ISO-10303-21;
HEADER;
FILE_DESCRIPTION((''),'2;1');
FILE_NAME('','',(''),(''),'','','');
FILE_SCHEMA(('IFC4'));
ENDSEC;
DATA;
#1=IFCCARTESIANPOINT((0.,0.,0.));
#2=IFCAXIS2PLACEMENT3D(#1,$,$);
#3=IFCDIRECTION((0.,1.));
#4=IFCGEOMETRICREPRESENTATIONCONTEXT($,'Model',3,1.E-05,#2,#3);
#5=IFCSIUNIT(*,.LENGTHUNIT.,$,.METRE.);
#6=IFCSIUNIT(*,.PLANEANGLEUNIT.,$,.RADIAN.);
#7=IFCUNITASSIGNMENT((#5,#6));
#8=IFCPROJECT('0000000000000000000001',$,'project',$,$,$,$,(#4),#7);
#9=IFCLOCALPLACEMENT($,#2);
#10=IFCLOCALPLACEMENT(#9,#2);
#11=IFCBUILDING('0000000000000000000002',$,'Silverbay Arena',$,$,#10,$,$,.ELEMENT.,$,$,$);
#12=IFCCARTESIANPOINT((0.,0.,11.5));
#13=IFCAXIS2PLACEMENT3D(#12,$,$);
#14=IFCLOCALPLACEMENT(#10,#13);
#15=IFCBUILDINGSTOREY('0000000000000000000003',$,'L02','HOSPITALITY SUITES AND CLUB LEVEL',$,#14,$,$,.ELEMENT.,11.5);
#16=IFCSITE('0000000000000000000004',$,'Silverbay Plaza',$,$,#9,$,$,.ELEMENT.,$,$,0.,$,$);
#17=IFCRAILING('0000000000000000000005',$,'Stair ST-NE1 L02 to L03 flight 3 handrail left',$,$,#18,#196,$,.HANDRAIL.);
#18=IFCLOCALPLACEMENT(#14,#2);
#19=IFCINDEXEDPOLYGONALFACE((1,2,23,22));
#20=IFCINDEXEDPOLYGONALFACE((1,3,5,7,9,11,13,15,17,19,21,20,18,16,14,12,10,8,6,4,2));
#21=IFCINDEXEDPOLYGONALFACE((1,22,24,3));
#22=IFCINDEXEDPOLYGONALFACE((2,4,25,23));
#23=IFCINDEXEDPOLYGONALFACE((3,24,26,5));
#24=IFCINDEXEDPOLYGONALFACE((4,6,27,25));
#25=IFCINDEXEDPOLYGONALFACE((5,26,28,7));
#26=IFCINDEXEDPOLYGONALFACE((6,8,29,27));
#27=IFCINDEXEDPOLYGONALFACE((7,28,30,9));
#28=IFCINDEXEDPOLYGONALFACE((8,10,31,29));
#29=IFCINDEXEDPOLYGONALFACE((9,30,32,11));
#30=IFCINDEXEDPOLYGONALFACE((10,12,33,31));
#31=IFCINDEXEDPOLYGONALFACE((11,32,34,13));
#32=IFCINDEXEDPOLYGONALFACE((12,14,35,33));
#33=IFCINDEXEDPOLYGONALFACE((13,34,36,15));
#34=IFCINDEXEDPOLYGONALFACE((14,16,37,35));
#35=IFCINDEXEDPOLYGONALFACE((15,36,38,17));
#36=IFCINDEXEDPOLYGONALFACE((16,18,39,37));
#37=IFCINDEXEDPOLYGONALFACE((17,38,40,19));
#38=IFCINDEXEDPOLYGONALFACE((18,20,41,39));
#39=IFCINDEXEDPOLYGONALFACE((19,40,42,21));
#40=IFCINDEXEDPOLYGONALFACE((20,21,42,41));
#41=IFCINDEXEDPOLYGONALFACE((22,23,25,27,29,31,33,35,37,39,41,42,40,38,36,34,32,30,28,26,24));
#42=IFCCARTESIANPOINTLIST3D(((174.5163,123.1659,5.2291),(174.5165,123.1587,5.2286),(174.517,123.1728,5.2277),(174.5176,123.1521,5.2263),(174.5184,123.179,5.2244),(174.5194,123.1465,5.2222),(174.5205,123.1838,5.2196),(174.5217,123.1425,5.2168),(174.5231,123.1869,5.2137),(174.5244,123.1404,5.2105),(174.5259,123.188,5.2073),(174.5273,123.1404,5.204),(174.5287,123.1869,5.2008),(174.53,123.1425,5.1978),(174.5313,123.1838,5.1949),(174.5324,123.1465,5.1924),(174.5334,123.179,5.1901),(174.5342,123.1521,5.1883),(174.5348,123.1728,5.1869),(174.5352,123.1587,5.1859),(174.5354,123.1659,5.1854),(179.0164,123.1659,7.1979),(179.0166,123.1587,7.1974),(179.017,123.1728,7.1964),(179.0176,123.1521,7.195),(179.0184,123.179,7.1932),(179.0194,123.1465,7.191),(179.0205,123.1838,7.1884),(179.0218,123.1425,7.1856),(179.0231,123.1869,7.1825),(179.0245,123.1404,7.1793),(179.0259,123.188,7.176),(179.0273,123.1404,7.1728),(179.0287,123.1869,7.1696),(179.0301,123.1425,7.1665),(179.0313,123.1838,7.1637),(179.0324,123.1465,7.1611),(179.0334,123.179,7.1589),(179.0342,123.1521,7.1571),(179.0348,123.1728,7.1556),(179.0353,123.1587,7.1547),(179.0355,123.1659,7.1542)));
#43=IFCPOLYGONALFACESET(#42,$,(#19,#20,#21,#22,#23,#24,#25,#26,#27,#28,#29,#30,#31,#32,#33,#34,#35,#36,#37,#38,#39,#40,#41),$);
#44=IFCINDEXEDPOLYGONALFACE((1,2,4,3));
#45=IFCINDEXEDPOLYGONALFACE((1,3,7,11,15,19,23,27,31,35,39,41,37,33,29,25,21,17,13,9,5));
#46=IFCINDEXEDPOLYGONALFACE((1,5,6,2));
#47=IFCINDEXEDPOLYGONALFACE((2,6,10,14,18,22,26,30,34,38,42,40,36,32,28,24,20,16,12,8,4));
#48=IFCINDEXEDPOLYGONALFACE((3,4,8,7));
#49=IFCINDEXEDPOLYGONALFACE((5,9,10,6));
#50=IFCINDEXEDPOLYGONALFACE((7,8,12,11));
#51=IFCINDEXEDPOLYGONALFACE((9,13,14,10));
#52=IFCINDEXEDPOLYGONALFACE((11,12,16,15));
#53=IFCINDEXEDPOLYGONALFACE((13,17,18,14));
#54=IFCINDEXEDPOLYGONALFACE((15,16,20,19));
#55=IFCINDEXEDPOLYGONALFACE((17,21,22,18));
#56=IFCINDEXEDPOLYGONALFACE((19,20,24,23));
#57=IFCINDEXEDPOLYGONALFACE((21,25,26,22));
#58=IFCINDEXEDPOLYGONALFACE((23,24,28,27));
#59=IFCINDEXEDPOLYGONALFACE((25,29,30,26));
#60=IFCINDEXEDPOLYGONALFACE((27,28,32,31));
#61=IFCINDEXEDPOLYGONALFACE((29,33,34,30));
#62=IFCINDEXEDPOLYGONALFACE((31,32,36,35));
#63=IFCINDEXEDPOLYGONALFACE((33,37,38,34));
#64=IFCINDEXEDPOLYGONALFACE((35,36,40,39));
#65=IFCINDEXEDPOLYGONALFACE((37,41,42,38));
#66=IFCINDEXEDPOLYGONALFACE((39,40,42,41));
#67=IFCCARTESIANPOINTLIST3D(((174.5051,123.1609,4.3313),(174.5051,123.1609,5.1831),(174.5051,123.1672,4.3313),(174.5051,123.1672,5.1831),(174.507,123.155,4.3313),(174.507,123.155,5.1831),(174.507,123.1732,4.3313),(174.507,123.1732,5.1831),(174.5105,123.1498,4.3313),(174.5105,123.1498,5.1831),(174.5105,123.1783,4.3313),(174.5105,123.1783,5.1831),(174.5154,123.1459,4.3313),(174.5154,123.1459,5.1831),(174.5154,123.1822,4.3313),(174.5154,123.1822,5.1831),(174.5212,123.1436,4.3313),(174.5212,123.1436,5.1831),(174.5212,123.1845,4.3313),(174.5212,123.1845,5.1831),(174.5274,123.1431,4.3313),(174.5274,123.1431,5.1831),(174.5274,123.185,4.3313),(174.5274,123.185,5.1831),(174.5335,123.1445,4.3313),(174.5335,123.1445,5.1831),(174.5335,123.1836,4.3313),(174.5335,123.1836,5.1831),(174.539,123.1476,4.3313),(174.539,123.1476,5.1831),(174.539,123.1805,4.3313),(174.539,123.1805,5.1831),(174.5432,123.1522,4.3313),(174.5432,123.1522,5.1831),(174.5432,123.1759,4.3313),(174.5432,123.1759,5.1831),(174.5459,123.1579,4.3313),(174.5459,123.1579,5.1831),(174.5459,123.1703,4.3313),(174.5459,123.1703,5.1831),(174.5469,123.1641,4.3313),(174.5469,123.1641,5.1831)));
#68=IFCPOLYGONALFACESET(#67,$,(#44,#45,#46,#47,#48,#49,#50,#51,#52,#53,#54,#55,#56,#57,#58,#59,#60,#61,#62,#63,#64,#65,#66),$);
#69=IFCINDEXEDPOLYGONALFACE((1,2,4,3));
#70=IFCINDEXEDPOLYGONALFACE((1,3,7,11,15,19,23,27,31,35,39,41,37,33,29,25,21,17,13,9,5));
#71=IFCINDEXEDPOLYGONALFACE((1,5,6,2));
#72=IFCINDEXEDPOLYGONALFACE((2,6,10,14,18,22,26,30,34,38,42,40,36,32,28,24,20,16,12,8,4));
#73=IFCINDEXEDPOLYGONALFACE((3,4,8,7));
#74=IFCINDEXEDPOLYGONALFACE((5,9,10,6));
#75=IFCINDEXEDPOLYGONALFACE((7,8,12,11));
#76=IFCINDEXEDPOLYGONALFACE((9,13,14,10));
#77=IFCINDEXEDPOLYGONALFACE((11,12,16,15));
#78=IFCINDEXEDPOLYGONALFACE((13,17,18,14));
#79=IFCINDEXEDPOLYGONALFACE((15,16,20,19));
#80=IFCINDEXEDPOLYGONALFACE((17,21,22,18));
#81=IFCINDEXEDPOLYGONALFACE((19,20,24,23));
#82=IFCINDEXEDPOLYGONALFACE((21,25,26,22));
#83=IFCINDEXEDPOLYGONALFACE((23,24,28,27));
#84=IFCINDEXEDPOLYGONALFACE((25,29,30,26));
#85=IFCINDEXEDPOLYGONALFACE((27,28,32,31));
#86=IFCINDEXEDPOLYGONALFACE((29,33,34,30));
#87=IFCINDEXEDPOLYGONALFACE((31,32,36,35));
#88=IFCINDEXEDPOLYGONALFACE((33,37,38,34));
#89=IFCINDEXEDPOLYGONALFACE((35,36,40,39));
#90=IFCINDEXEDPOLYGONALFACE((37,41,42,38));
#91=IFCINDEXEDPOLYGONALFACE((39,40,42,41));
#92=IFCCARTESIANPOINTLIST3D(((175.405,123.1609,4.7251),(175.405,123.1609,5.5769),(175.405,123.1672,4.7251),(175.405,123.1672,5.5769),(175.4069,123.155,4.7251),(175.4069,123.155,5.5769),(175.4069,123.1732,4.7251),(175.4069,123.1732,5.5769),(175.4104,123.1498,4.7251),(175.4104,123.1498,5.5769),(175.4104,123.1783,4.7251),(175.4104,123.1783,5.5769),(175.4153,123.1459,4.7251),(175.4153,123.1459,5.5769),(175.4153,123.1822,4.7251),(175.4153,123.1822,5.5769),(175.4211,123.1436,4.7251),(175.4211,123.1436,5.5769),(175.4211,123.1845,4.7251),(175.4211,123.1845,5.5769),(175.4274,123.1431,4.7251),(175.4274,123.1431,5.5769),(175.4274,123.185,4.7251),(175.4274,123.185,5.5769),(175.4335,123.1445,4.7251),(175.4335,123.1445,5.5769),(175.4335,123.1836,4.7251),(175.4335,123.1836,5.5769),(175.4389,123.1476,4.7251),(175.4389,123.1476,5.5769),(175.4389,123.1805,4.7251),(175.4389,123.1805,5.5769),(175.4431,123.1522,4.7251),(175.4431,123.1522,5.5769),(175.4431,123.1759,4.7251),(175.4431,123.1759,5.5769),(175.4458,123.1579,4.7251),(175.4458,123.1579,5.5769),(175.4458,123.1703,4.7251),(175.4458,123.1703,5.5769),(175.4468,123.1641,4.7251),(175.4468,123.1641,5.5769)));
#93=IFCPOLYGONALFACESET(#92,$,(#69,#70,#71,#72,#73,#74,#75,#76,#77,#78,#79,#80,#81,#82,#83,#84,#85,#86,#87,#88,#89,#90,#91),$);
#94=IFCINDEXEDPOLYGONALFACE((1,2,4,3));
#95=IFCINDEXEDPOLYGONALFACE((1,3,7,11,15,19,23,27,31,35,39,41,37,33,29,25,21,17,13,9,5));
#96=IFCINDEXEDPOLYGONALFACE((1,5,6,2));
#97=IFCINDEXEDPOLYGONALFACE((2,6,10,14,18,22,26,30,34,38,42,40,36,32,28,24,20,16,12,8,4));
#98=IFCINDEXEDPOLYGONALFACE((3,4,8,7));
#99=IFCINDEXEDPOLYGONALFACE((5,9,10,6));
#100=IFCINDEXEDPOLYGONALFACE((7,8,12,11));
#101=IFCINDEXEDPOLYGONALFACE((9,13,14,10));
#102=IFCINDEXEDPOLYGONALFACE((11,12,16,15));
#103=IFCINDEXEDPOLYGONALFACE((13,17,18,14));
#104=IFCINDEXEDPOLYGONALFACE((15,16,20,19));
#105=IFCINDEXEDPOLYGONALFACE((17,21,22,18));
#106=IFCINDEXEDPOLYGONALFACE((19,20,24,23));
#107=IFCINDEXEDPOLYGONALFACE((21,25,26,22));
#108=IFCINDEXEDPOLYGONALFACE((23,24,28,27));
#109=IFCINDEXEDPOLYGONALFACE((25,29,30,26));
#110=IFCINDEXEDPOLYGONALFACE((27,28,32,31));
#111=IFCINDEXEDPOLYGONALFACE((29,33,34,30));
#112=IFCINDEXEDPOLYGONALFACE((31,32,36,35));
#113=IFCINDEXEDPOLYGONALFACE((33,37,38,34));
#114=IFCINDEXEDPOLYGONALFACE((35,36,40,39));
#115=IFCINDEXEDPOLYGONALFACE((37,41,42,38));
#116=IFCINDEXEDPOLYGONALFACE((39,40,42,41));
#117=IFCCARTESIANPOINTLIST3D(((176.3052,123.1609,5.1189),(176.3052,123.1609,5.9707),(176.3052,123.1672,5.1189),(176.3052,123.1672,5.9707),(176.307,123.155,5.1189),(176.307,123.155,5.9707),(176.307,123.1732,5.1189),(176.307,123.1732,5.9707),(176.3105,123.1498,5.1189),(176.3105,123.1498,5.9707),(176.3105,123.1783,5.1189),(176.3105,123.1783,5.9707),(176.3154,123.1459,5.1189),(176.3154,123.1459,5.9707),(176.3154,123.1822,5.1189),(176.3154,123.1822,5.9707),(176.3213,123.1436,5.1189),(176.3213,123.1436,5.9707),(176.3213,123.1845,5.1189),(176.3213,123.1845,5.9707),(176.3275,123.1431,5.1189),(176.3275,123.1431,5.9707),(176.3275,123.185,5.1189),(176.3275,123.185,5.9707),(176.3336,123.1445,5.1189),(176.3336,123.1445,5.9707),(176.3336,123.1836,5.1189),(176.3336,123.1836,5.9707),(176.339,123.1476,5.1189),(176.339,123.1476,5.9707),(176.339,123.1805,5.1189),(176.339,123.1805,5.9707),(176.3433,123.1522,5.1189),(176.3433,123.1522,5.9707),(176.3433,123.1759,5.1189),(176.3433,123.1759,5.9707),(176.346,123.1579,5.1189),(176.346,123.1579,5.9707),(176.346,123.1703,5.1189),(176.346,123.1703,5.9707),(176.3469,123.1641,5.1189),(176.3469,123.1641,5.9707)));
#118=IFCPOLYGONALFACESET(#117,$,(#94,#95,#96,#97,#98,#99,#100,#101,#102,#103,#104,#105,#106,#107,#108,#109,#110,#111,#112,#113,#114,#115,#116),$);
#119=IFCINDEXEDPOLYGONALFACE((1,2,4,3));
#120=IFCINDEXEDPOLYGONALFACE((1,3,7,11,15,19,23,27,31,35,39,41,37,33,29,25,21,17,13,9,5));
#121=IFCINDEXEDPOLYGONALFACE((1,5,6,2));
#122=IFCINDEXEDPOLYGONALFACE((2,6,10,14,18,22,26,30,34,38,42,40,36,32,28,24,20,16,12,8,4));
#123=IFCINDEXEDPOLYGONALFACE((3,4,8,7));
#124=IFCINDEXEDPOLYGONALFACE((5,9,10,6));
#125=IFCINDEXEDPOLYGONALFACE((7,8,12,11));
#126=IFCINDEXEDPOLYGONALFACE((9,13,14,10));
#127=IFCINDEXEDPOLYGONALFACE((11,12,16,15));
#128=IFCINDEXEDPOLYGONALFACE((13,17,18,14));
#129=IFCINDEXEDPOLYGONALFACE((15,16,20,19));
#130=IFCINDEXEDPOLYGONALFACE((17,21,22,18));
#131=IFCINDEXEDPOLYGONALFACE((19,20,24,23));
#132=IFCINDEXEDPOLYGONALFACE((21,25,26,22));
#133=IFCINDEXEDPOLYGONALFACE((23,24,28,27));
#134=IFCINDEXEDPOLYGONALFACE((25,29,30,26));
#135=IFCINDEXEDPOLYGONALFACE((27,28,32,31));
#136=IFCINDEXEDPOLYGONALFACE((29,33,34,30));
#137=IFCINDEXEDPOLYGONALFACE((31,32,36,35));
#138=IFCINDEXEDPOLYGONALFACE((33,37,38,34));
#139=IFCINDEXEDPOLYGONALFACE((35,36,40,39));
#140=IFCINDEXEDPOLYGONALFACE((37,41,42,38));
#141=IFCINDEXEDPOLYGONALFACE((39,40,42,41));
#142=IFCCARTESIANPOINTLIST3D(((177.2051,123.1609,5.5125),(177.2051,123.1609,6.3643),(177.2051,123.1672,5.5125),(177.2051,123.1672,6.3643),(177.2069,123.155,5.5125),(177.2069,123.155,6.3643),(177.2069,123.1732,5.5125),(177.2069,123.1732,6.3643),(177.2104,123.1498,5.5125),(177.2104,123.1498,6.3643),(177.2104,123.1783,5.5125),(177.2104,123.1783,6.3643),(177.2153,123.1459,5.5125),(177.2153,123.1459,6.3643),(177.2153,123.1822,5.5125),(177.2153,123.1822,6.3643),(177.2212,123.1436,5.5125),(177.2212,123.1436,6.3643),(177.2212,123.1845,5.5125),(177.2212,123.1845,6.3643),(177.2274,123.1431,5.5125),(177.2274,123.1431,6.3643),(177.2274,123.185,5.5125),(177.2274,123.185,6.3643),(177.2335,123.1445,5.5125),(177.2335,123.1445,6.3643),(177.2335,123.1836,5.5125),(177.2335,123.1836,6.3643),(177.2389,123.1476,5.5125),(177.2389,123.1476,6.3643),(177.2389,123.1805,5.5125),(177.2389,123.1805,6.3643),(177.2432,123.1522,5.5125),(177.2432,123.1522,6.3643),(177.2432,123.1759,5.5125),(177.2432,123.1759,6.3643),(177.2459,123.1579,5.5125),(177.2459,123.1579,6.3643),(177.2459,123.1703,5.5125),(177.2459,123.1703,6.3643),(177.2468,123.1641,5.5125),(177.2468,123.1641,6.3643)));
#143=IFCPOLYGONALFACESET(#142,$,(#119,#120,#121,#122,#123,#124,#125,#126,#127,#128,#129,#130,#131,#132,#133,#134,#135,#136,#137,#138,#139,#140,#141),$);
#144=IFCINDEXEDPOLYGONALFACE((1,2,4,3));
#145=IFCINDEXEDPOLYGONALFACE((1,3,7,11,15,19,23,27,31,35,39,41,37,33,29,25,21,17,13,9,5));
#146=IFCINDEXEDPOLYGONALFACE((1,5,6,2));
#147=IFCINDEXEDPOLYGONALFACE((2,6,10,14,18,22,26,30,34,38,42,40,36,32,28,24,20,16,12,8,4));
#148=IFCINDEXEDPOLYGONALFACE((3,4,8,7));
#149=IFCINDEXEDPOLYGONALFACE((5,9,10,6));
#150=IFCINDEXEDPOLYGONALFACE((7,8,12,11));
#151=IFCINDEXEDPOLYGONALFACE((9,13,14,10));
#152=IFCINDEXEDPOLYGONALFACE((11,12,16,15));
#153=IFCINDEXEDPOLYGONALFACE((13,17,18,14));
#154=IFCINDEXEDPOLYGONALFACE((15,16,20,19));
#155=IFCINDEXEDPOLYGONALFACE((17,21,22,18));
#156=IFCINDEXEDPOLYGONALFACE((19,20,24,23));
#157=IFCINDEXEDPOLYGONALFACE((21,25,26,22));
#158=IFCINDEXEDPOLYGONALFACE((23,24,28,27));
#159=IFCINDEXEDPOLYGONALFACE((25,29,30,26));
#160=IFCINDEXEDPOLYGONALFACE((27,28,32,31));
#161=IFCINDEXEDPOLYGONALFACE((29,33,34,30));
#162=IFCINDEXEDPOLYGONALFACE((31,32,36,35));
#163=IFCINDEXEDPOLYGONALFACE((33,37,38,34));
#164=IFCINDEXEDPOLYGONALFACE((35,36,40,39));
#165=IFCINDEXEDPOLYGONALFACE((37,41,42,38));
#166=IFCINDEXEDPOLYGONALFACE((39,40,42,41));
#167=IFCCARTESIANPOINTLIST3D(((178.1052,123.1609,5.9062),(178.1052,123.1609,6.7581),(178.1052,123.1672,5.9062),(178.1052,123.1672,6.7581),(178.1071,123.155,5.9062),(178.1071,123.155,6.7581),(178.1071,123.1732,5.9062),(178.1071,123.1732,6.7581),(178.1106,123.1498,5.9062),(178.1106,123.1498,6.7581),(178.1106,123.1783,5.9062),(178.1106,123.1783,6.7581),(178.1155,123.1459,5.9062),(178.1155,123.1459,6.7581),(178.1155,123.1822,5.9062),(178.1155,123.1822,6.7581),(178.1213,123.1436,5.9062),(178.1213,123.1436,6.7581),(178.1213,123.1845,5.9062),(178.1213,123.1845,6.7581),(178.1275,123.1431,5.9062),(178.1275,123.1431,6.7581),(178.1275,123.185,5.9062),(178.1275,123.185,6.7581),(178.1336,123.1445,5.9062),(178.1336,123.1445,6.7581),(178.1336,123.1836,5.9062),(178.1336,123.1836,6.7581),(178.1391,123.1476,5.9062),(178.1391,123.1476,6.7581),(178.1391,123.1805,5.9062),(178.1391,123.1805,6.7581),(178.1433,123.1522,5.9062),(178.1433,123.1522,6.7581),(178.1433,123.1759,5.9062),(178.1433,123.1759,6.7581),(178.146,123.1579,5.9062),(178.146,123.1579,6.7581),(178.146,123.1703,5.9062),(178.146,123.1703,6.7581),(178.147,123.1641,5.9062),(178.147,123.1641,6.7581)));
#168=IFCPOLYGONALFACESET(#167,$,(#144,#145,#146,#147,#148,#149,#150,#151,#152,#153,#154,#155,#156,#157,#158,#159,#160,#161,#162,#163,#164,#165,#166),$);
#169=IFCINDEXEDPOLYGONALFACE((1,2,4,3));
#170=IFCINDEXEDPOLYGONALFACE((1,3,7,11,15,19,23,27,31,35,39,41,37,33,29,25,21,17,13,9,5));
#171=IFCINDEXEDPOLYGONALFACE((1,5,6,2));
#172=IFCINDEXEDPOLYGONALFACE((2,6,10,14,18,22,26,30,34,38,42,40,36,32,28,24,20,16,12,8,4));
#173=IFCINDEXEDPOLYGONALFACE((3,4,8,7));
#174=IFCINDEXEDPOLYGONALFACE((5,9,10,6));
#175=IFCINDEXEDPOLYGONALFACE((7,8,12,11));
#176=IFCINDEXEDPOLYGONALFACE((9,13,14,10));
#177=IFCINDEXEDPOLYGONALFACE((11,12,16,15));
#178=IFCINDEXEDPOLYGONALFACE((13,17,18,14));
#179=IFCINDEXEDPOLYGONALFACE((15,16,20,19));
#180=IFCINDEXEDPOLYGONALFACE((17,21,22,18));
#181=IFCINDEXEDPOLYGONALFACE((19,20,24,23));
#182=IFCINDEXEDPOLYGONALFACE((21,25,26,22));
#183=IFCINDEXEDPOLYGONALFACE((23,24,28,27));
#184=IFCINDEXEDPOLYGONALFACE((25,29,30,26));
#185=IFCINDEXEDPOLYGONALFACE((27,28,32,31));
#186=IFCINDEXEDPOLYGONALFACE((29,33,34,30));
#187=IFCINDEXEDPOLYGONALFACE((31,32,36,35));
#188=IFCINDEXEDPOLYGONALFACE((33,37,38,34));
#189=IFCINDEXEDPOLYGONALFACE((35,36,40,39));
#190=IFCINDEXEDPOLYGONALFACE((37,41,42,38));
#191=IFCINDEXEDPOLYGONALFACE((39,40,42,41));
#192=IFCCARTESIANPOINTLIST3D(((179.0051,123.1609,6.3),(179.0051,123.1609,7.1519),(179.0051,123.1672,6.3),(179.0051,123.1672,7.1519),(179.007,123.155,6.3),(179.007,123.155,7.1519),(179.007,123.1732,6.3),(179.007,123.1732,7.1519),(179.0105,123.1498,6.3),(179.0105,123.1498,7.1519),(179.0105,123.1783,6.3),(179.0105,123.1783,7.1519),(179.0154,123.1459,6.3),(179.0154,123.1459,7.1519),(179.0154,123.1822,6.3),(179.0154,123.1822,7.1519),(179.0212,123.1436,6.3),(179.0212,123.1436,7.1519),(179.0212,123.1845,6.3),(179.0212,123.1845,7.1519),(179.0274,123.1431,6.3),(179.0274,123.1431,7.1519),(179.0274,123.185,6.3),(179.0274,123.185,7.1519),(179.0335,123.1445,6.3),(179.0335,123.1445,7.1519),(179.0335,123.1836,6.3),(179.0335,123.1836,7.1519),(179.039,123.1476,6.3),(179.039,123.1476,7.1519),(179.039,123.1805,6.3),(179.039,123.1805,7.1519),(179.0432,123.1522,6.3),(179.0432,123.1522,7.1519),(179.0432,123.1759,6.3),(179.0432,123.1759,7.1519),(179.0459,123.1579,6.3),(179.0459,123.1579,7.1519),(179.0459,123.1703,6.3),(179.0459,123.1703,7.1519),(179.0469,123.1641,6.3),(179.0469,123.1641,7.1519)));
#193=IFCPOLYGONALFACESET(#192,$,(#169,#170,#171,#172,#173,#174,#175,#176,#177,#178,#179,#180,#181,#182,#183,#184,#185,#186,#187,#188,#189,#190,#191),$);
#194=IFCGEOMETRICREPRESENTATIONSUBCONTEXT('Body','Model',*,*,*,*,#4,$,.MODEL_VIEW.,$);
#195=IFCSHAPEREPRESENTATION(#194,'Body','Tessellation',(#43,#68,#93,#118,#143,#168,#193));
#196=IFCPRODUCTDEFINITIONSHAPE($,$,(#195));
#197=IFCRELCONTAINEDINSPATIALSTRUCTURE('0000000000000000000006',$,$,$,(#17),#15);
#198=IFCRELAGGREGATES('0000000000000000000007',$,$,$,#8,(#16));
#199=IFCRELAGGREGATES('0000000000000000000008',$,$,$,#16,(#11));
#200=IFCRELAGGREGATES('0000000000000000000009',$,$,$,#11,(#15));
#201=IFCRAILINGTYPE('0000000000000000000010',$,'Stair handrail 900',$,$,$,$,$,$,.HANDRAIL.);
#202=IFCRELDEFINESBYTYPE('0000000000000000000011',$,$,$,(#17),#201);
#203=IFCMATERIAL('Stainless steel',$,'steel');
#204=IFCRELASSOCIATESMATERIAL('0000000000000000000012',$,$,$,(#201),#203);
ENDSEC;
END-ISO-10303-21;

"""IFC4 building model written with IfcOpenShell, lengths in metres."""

from ifc_helpers import new_model, si_unit, direction, frame, origin, origin_2d, place, context, subcontext, project, spatial, circle, extrude, material, type_object, element, save


model = new_model("IFC4")

# Units and contexts
model_context = context("Model", 3, precision=1e-05, world=origin(), true_north=direction((0.0, 1.0)))
body_context = subcontext(model_context, "Body", "Model", "MODEL_VIEW")
ifc_project = project(units=[si_unit("LENGTHUNIT", "METRE"), si_unit("PLANEANGLEUNIT", "RADIAN")], contexts=[model_context])

# Site, building, storey
site_placement = place(None, origin())
site = spatial("IfcSite", under=ifc_project, at=site_placement, Name="Silverbay Plaza", CompositionType="ELEMENT", RefElevation=0.0)
building_placement = place(site_placement, origin())
building = spatial("IfcBuilding", under=site, at=building_placement, Name="Silverbay Arena", CompositionType="ELEMENT")
storey_placement = place(building_placement, frame((0.0, 0.0, 11.5)))
storey = spatial("IfcBuildingStorey", under=building, at=storey_placement, Name="L02", Description="HOSPITALITY SUITES AND CLUB LEVEL", CompositionType="ELEMENT", Elevation=11.5)

# Railing
ifc_material_1 = material(Name="Stainless steel", Category="steel")
railing_type_1 = type_object("IfcRailingType", Name="Stair handrail 900", PredefinedType="HANDRAIL", material=ifc_material_1)
for number, where, name in (
    (1, (174.5259, 123.1641, 4.3313), "Stair ST-NE1 L02 to L03 flight 3 handrail left"),
):
    element("IfcRailing", number, at=place(storey_placement, frame(where)), inside=storey, type_object=railing_type_1, Name=name, PredefinedType="HANDRAIL", context=body_context, shape_type="SweptSolid", body=[
        extrude(circle(Radius=0.0239, at=origin_2d()), frame((0.0, 0.0, 0.876), z_axis=(0.916157, 0.0, 0.400819), x_axis=(0.0, 1.0, 0.0)), (0.0, 0.0, 1.0), 4.9119),
        extrude(circle(Radius=0.021, at=origin_2d()), origin(), (0.0, 0.0, 1.0), 0.8518),
        extrude(circle(Radius=0.021, at=origin_2d()), frame((0.8999, 0.0, 0.3938)), (0.0, 0.0, 1.0), 0.8518),
        extrude(circle(Radius=0.021, at=origin_2d()), frame((1.8, 0.0, 0.7876)), (0.0, 0.0, 1.0), 0.8518),
        extrude(circle(Radius=0.021, at=origin_2d()), frame((2.7, 0.0, 1.1812)), (0.0, 0.0, 1.0), 0.8518),
        extrude(circle(Radius=0.021, at=origin_2d()), frame((3.6001, 0.0, 1.575)), (0.0, 0.0, 1.0), 0.8518),
        extrude(circle(Radius=0.021, at=origin_2d()), frame((4.5, 0.0, 1.9688)), (0.0, 0.0, 1.0), 0.8518),
    ])

save(model, "model.ifc")
